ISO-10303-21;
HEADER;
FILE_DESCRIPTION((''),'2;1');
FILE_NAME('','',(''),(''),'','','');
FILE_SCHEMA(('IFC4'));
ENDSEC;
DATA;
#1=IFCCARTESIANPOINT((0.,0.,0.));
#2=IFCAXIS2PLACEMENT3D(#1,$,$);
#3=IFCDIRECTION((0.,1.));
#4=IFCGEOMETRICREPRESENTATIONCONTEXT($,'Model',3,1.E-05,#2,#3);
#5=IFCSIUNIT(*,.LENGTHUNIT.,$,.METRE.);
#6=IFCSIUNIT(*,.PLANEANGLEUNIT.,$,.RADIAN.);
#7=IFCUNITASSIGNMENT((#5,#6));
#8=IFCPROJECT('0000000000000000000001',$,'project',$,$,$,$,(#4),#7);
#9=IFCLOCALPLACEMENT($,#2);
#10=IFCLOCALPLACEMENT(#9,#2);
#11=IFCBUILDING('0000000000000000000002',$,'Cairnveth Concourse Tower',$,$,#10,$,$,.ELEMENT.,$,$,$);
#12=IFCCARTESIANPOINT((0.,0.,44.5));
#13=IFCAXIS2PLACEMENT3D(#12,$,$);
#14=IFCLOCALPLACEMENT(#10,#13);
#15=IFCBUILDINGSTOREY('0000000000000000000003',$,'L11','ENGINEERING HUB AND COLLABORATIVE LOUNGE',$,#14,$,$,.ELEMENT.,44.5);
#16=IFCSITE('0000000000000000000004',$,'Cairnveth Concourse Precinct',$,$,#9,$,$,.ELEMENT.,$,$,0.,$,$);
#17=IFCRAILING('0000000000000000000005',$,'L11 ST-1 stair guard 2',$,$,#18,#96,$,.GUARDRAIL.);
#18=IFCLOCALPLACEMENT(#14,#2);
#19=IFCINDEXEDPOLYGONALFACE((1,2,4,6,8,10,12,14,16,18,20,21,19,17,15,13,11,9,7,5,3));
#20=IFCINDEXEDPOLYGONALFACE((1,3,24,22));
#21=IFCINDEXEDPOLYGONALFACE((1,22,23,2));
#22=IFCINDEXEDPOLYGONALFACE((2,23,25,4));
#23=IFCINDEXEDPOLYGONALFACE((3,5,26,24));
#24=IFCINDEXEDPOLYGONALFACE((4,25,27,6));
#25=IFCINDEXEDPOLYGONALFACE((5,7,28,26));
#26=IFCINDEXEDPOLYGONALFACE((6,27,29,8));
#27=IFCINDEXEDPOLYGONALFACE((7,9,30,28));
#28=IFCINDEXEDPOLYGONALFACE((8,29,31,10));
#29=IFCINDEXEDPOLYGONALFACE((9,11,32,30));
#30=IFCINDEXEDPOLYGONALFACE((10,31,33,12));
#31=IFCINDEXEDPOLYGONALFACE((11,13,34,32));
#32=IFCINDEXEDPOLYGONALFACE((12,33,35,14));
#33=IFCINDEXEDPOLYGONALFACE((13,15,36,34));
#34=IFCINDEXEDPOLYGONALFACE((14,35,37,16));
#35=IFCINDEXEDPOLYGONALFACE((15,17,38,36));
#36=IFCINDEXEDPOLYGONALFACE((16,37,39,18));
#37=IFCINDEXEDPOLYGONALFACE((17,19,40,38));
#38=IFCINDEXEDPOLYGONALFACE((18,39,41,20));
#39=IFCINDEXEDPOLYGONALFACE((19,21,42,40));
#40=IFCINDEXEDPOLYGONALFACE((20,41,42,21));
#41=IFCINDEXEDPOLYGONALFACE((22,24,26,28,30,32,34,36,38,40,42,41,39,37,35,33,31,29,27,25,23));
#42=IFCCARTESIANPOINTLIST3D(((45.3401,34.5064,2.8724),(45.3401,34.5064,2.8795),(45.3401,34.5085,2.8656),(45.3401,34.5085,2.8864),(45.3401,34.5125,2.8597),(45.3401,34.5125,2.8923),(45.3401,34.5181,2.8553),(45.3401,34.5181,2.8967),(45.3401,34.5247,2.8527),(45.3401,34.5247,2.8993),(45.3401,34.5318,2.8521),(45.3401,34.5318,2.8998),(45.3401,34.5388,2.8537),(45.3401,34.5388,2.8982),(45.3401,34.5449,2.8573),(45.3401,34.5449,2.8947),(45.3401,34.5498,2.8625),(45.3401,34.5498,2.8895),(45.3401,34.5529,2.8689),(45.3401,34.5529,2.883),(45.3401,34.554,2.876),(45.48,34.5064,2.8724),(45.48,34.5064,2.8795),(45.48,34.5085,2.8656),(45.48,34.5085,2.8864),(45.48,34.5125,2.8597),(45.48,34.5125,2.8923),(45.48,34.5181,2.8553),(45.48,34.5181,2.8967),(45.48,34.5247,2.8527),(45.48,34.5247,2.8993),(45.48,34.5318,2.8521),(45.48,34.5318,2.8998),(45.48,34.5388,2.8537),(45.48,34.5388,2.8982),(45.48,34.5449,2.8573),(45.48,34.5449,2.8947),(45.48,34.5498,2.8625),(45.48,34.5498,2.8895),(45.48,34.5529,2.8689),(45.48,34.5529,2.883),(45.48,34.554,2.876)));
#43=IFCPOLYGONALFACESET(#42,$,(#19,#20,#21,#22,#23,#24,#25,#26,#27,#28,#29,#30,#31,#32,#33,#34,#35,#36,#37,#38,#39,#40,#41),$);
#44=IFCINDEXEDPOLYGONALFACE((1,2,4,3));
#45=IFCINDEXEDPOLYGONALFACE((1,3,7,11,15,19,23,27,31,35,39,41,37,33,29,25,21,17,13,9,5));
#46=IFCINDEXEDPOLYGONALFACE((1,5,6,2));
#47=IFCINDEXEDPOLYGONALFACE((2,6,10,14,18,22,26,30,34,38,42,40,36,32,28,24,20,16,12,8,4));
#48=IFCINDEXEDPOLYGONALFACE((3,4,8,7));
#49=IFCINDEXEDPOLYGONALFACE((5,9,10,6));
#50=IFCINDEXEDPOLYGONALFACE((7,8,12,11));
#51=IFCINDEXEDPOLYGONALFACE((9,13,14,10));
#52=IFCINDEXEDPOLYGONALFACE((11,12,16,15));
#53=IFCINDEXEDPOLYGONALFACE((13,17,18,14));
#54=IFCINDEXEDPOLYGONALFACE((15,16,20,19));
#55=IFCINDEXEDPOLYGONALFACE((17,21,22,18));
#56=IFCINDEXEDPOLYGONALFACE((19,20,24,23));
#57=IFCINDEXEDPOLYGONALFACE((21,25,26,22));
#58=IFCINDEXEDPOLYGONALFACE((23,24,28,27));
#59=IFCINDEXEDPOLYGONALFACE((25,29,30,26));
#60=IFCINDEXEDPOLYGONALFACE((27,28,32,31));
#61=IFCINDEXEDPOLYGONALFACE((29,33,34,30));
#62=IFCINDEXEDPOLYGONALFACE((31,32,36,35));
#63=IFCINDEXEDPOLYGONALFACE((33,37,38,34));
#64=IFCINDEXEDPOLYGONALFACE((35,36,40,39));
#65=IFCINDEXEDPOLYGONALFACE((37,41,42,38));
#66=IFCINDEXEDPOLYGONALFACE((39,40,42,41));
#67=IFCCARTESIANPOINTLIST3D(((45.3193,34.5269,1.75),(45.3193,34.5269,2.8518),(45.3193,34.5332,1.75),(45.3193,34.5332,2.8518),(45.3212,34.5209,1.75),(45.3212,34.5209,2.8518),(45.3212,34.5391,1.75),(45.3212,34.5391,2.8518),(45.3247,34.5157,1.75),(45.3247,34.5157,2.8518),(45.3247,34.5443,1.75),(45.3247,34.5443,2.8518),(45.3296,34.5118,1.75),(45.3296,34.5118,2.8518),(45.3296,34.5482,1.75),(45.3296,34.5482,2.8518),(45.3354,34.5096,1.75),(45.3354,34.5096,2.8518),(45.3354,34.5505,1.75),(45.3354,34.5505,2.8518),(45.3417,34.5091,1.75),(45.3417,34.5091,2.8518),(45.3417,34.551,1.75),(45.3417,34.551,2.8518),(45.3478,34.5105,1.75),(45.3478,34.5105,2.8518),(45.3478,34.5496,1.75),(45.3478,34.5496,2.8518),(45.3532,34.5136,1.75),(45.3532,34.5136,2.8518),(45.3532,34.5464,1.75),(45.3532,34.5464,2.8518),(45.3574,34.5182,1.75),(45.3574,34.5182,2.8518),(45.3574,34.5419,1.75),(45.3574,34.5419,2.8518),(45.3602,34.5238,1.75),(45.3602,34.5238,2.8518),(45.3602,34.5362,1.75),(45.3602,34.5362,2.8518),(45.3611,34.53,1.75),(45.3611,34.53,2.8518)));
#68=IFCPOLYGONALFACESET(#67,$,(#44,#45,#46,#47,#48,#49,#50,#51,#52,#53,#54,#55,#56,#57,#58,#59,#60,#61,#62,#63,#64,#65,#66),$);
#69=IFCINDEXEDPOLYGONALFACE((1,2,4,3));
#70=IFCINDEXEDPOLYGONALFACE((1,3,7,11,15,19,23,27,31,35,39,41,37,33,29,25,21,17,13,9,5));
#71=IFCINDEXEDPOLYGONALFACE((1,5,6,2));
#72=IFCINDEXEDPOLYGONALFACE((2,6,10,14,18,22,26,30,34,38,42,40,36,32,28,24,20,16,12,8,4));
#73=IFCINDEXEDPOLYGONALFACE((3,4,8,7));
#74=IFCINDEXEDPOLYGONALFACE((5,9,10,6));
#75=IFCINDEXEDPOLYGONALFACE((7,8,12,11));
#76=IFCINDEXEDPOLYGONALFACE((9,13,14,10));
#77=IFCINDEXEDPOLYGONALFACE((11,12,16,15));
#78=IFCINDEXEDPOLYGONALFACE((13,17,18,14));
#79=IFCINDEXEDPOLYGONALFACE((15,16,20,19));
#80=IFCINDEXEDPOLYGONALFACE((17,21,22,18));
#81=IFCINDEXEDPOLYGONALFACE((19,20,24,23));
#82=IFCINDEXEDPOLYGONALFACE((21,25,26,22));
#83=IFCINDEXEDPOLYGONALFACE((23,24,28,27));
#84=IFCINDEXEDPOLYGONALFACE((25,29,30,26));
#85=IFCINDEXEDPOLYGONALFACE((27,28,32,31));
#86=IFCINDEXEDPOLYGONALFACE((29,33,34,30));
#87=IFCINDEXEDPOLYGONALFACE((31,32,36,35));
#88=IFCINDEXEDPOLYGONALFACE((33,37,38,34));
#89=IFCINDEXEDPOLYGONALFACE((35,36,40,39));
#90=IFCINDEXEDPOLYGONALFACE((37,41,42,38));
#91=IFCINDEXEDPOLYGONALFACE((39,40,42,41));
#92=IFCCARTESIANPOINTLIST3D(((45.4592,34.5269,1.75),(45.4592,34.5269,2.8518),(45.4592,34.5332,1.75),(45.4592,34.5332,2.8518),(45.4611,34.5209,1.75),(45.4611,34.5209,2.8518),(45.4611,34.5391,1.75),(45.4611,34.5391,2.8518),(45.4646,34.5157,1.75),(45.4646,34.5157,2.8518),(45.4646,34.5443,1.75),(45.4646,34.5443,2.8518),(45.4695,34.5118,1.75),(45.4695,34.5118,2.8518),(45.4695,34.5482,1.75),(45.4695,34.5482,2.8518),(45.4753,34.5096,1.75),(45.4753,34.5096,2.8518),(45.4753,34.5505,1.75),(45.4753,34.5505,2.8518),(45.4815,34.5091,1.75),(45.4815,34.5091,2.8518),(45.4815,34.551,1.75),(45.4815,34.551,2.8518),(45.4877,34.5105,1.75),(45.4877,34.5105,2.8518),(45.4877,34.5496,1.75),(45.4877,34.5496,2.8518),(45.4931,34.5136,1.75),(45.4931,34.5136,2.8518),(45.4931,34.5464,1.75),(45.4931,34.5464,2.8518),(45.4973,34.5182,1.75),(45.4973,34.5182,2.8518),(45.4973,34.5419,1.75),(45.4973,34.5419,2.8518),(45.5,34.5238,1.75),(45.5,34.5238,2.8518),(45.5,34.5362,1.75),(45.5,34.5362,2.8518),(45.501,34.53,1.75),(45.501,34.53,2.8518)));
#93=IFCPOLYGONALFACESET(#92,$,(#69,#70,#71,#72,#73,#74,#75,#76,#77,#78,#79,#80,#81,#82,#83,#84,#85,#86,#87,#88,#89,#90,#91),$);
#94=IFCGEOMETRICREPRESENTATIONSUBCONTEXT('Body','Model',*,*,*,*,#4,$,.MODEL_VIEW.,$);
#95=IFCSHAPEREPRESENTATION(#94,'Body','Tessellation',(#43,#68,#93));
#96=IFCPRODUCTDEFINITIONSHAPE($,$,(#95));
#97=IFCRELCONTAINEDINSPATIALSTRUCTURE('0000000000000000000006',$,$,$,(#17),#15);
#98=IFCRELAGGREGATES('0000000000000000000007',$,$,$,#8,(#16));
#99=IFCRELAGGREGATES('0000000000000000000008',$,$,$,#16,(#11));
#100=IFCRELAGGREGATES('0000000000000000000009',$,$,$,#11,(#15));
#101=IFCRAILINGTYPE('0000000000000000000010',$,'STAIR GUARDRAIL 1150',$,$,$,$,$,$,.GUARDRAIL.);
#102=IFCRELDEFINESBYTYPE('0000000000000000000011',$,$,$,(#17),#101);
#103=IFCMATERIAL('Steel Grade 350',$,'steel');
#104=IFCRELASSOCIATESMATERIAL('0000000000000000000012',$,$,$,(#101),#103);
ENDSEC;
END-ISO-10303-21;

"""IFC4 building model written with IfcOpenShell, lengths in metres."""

from ifc_helpers import new_model, si_unit, direction, frame, origin, origin_2d, place, context, subcontext, project, spatial, circle, extrude, material, type_object, element, save


model = new_model("IFC4")

# Units and contexts
model_context = context("Model", 3, precision=1e-05, world=origin(), true_north=direction((0.0, 1.0)))
body_context = subcontext(model_context, "Body", "Model", "MODEL_VIEW")
ifc_project = project(units=[si_unit("LENGTHUNIT", "METRE"), si_unit("PLANEANGLEUNIT", "RADIAN")], contexts=[model_context])

# Site, building, storey
site_placement = place(None, origin())
site = spatial("IfcSite", under=ifc_project, at=site_placement, Name="Cairnveth Concourse Precinct", CompositionType="ELEMENT", RefElevation=0.0)
building_placement = place(site_placement, origin())
building = spatial("IfcBuilding", under=site, at=building_placement, Name="Cairnveth Concourse Tower", CompositionType="ELEMENT")
storey_placement = place(building_placement, frame((0.0, 0.0, 44.5)))
storey = spatial("IfcBuildingStorey", under=building, at=storey_placement, Name="L11", Description="ENGINEERING HUB AND COLLABORATIVE LOUNGE", CompositionType="ELEMENT", Elevation=44.5)

# Railing
ifc_material_1 = material(Name="Steel Grade 350", Category="steel")
railing_type_1 = type_object("IfcRailingType", Name="STAIR GUARDRAIL 1150", PredefinedType="GUARDRAIL", material=ifc_material_1)
railing_1_placement = place(storey_placement, frame((45.3401, 34.53, 1.75)))
element("IfcRailing", 1, at=railing_1_placement, inside=storey, type_object=railing_type_1, Name="L11 ST-1 stair guard 2", PredefinedType="GUARDRAIL", context=body_context, shape_type="SweptSolid", body=[
    extrude(circle(Radius=0.0239, at=origin_2d()), frame((0.0, 0.0, 1.126), z_axis=(1.0, 0.0, 0.0), x_axis=(0.0, 1.0, 0.0)), (0.0, 0.0, 1.0), 0.1399),
    extrude(circle(Radius=0.021, at=origin_2d()), origin(), (0.0, 0.0, 1.0), 1.1018),
    extrude(circle(Radius=0.021, at=origin_2d()), frame((0.1399, 0.0, 0.0)), (0.0, 0.0, 1.0), 1.1018),
])

save(model, "model.ifc")
